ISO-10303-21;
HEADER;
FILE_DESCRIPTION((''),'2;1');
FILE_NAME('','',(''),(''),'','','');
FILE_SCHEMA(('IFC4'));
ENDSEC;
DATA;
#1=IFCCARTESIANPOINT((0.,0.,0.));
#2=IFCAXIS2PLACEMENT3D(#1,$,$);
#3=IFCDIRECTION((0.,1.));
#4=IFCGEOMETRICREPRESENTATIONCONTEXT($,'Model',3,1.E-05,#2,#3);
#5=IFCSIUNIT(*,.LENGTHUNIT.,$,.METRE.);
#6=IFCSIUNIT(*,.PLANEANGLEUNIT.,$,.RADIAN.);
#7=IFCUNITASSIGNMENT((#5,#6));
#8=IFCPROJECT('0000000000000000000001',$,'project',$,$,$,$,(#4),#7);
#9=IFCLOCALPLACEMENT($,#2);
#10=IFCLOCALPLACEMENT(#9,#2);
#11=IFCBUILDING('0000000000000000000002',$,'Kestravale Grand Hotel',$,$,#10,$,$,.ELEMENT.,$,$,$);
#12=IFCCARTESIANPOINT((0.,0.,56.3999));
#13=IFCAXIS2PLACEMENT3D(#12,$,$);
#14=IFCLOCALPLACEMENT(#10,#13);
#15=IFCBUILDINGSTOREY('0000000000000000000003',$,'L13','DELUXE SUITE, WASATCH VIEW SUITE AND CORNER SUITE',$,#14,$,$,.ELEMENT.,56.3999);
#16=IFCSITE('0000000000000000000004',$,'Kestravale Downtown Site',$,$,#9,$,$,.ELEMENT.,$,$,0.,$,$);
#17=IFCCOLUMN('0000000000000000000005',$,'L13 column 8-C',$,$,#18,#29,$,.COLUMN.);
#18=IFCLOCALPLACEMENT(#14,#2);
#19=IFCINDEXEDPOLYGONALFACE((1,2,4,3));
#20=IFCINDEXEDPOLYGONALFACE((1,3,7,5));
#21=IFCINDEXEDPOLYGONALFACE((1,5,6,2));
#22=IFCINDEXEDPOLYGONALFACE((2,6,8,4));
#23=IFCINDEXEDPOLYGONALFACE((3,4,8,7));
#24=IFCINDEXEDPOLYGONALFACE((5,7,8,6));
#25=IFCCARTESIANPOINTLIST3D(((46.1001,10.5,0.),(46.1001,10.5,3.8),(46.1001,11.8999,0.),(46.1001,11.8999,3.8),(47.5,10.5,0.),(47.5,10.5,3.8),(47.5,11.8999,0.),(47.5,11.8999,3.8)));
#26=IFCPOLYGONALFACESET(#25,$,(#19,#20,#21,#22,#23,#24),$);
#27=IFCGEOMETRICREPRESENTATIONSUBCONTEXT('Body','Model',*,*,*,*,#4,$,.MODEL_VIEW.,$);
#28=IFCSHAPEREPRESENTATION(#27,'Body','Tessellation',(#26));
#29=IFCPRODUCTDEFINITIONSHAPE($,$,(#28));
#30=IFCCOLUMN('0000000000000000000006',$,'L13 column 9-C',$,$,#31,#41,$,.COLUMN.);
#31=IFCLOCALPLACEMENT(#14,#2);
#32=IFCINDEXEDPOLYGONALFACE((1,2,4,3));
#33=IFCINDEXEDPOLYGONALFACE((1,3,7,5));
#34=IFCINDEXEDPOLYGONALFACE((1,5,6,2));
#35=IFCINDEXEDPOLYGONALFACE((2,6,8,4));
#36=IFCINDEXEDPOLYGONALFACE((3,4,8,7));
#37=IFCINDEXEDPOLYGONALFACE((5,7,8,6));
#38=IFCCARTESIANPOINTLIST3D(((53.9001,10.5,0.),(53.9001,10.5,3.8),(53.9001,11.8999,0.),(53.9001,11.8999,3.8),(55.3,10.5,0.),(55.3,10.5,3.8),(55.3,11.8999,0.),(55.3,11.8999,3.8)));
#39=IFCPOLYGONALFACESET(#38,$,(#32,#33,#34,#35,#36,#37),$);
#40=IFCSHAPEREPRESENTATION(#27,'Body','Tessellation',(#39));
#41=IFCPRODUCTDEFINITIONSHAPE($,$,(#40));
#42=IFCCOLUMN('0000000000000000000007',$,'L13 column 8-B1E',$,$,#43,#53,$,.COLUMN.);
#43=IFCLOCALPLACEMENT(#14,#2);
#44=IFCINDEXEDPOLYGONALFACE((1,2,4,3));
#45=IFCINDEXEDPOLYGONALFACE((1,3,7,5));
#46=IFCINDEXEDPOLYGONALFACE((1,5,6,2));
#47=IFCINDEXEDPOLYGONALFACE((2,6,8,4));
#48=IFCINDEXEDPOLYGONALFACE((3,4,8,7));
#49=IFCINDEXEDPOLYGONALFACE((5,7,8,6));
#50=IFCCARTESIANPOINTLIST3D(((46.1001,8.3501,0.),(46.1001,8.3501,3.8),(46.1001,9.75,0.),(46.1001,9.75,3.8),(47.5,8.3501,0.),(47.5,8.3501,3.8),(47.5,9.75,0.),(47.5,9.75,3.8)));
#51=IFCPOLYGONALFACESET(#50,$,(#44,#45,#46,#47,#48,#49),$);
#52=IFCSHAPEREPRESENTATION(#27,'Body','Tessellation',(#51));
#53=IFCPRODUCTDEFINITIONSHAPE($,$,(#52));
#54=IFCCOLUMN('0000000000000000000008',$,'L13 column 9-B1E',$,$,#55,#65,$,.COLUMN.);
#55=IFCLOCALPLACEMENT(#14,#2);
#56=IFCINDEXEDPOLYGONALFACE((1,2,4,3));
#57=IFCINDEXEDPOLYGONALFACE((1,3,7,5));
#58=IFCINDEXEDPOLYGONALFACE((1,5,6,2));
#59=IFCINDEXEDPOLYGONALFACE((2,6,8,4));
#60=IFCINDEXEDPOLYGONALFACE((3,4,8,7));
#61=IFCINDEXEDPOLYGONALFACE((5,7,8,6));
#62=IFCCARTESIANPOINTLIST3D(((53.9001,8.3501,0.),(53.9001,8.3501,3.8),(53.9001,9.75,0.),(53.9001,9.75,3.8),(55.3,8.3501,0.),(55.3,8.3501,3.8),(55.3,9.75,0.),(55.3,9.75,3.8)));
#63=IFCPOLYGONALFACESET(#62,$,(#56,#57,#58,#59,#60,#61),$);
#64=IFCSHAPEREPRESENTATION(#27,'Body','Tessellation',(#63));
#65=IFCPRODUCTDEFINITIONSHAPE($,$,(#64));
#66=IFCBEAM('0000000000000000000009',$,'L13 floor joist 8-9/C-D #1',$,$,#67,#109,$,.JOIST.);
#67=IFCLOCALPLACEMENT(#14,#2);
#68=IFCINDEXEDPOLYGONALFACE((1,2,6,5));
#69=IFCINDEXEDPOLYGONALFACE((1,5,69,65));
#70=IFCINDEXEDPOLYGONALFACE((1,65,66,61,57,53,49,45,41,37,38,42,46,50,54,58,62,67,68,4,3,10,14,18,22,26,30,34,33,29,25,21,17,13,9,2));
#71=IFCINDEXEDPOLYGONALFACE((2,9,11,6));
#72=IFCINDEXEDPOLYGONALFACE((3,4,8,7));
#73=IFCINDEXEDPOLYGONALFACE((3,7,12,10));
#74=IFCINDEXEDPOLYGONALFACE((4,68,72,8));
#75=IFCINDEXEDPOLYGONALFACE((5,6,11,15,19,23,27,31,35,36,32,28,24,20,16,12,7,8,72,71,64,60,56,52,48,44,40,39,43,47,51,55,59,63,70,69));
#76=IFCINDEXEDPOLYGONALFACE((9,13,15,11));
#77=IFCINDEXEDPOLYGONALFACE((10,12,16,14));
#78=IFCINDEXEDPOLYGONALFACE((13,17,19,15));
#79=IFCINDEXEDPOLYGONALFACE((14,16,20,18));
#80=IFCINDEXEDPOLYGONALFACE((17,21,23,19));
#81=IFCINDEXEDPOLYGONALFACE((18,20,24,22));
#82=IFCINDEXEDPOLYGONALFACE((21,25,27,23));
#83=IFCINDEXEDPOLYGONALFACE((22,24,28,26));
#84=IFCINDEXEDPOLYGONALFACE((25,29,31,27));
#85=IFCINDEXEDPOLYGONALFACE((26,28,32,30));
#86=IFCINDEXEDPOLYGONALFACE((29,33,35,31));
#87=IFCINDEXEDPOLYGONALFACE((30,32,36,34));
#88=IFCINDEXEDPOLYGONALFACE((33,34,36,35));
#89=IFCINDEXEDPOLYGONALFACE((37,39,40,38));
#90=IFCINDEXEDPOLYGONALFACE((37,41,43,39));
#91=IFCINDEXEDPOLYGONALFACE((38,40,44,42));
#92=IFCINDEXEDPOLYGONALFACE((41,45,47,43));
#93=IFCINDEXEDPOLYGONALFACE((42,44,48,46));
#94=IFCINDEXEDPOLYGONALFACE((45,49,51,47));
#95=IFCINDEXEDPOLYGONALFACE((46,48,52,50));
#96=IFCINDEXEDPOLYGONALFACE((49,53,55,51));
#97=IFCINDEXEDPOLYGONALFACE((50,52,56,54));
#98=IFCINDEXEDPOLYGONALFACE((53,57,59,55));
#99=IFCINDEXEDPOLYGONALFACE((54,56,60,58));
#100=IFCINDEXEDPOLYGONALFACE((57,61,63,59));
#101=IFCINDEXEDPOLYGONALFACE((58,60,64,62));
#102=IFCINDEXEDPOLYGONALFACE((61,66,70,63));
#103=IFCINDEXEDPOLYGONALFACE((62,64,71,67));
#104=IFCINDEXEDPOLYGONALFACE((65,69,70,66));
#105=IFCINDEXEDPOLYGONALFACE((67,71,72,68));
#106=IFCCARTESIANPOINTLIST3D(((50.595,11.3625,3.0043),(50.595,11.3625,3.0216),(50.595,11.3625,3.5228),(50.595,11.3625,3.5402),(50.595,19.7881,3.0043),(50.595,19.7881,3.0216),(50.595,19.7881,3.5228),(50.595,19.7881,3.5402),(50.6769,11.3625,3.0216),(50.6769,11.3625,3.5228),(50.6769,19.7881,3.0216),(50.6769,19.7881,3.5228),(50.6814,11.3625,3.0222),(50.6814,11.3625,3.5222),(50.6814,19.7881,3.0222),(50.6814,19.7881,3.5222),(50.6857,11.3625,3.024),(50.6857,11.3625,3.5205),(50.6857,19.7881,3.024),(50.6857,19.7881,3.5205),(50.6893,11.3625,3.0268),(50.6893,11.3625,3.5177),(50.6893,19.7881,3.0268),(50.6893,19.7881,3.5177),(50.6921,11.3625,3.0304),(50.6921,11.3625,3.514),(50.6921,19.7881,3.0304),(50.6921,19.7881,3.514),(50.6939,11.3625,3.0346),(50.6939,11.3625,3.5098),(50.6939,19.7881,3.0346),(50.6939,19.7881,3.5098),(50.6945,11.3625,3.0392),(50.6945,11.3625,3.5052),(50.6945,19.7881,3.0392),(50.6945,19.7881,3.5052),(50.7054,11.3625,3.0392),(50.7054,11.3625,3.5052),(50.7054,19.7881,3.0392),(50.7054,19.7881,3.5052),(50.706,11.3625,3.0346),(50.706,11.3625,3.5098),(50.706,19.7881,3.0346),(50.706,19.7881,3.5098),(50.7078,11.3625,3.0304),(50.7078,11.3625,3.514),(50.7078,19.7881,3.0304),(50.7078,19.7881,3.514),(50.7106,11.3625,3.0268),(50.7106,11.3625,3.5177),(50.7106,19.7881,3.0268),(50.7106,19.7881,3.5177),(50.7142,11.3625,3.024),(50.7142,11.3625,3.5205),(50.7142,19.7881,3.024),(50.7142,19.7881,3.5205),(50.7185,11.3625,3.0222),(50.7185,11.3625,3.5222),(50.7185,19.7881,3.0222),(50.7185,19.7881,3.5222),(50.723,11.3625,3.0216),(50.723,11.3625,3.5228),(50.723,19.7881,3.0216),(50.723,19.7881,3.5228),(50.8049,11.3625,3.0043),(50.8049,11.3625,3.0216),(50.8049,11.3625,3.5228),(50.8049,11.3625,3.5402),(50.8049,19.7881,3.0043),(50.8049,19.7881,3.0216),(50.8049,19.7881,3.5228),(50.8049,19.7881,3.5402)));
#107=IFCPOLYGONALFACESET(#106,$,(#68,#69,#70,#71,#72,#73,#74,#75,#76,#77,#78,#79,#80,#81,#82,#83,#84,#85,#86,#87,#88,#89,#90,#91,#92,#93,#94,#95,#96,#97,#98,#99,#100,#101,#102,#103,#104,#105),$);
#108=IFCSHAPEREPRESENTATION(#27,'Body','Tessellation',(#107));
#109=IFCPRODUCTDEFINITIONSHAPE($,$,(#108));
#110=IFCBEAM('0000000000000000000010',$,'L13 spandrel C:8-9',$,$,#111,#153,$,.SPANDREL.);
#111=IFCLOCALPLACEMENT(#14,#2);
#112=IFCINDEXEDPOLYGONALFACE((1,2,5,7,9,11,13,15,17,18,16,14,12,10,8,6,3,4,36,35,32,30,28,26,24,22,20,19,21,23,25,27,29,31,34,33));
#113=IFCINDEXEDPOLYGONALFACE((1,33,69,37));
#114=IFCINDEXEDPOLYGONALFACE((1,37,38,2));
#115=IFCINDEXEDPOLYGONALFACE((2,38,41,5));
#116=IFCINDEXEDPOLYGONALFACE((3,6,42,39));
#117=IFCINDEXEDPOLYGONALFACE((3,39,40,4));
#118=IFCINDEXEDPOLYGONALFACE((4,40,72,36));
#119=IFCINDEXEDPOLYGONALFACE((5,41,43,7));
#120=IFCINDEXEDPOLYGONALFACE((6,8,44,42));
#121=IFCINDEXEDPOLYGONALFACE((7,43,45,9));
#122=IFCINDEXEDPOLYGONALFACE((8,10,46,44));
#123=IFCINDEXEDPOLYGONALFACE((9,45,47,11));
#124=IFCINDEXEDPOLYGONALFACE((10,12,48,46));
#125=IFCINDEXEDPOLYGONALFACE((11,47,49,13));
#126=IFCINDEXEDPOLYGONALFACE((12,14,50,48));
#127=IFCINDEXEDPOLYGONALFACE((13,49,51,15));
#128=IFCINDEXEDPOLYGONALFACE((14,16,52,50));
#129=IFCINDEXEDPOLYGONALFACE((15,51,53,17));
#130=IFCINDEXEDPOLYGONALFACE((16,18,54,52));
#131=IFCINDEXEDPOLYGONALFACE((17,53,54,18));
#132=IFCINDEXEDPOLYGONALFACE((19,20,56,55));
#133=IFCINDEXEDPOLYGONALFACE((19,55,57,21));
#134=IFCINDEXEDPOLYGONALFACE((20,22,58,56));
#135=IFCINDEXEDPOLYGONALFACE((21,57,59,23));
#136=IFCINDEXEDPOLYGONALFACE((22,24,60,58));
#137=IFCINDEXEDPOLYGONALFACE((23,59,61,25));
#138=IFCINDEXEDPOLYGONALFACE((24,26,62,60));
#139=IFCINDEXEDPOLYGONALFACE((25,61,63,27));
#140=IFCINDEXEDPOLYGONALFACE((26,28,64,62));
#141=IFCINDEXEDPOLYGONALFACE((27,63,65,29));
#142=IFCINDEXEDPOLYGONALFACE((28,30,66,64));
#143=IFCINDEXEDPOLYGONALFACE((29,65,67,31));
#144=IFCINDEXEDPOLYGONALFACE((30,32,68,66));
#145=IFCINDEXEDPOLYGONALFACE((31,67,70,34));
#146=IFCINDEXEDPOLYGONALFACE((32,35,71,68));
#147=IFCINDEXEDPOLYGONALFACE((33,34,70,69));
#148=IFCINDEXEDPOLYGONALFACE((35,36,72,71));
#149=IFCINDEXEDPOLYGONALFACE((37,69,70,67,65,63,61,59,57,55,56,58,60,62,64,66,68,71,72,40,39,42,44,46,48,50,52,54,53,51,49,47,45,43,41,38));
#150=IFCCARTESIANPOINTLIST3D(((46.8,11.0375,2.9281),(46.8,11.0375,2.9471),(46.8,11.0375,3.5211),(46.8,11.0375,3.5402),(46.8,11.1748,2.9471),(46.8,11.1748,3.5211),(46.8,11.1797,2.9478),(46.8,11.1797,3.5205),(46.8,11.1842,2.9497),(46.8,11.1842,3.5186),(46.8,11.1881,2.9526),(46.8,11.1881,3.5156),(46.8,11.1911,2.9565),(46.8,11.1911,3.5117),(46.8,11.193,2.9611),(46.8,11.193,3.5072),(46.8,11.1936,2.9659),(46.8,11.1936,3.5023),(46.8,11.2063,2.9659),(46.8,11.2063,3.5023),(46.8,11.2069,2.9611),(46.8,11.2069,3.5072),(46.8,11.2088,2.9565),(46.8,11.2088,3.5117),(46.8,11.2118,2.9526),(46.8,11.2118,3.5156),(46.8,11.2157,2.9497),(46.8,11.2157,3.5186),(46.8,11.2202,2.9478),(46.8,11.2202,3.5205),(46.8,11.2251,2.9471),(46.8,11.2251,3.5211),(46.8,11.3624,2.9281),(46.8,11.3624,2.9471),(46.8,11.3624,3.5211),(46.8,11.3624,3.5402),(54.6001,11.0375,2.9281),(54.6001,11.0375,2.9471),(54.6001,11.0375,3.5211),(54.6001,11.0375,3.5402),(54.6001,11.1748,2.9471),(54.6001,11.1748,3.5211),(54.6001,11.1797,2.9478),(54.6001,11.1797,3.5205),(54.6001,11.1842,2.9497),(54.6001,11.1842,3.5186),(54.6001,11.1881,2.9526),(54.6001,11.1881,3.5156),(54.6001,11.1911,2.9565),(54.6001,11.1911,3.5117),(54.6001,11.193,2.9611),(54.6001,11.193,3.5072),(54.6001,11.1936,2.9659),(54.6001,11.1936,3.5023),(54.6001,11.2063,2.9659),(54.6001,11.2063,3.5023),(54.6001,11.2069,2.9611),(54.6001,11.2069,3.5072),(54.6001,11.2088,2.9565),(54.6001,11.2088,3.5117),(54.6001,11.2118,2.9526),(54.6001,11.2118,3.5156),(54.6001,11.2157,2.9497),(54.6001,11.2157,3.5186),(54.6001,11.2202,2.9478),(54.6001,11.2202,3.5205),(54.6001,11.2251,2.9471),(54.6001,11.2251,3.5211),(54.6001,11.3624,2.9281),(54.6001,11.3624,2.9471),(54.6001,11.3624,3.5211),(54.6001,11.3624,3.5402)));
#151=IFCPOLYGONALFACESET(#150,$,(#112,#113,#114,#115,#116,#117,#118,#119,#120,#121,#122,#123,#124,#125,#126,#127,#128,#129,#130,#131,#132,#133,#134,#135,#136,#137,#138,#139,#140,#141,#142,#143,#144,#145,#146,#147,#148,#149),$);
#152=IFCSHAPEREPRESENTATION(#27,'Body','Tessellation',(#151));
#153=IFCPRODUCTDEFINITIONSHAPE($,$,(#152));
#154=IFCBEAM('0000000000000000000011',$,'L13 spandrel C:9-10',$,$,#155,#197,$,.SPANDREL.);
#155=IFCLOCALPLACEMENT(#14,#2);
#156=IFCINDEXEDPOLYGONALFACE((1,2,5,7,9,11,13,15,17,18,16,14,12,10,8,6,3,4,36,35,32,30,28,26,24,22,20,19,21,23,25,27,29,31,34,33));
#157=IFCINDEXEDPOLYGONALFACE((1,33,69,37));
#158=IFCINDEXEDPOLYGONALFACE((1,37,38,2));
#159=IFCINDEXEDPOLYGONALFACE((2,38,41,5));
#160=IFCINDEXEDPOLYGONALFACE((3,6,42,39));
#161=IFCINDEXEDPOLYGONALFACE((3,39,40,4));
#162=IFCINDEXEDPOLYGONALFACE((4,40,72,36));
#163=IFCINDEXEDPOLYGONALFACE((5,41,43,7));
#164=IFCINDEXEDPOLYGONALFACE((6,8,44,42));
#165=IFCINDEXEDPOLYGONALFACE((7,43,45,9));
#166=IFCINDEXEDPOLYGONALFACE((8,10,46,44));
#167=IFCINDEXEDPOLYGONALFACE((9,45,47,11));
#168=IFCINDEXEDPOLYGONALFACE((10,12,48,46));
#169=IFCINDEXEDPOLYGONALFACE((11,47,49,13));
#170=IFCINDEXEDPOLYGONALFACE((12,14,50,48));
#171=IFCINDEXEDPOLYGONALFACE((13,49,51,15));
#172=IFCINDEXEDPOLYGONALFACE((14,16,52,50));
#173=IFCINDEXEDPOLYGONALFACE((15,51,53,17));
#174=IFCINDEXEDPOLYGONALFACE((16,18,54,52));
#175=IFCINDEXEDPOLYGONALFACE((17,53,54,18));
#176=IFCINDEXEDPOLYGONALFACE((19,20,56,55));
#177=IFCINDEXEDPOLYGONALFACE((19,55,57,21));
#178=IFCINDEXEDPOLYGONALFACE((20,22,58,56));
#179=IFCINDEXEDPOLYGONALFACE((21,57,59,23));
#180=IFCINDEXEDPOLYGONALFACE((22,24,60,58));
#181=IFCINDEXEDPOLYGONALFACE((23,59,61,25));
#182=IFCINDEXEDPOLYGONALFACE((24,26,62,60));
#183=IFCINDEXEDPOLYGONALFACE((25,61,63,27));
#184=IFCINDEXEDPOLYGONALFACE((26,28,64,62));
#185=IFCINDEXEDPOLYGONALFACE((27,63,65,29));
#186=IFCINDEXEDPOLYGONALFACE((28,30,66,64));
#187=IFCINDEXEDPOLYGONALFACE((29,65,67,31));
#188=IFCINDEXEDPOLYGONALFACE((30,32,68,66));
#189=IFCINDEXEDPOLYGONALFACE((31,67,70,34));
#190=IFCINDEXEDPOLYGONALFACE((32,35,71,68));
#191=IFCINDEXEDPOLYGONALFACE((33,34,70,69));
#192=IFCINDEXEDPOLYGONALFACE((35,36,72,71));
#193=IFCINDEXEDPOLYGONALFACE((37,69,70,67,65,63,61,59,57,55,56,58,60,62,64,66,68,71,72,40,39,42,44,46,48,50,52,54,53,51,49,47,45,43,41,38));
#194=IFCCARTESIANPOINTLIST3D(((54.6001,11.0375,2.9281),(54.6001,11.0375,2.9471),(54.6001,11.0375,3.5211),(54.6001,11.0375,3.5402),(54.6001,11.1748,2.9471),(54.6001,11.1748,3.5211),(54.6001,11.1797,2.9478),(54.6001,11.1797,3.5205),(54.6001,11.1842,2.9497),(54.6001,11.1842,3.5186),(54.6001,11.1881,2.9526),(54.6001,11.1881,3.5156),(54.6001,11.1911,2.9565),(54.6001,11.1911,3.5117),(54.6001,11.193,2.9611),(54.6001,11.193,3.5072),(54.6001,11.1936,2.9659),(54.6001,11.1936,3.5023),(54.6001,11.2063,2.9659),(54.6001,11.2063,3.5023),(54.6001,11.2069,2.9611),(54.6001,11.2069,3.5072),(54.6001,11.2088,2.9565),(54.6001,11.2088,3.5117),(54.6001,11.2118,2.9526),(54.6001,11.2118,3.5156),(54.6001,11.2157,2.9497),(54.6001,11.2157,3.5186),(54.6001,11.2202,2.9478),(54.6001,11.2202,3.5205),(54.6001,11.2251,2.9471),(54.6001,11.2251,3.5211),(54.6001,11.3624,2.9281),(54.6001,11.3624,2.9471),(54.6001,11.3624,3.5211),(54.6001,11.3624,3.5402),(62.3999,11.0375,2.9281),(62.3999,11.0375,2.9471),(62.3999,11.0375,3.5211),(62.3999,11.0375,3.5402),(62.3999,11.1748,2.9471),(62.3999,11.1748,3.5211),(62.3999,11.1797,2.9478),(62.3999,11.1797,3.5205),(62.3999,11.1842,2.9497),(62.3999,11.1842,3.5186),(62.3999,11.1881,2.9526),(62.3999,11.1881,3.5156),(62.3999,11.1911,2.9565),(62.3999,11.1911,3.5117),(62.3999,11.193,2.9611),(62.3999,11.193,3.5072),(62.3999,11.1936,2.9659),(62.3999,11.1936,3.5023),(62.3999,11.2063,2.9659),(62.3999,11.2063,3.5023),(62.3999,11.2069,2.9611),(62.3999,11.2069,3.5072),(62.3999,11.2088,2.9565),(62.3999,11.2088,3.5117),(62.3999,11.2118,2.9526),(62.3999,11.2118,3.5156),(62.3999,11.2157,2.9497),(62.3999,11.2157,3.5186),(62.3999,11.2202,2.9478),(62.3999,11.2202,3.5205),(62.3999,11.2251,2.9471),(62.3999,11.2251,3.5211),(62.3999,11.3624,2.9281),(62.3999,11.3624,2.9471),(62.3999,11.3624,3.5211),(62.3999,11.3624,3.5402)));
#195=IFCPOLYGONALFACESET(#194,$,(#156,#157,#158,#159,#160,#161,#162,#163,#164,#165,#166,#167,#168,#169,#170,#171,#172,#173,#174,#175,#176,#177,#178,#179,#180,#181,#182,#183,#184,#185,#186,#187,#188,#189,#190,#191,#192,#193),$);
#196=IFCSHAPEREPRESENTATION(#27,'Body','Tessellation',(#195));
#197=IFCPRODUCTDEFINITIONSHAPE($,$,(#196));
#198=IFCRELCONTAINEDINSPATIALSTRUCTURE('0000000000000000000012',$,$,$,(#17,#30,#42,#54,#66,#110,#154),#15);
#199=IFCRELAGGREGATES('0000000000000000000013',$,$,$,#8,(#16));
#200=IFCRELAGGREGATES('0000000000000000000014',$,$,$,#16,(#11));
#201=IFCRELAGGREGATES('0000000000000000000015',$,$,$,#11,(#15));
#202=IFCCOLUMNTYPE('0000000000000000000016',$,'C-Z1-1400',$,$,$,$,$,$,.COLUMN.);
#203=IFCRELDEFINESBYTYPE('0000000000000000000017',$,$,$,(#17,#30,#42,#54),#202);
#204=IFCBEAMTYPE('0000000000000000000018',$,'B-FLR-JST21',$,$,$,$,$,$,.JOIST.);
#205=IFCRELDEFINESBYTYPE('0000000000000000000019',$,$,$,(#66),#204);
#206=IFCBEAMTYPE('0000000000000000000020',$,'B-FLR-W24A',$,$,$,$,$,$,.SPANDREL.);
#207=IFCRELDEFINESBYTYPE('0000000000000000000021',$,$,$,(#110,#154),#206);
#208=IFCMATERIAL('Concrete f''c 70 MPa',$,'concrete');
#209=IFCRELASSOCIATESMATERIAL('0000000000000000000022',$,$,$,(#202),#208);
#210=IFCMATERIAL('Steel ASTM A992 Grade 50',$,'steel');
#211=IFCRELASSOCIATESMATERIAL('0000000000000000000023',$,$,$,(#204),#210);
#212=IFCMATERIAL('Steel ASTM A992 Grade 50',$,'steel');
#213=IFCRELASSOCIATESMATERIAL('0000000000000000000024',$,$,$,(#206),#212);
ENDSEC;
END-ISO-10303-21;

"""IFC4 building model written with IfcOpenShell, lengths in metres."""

from ifc_helpers import new_model, si_unit, direction, frame, origin, origin_2d, place, context, subcontext, project, spatial, rectangle, i_section, extrude, material, material_profile, profile_set, type_object, element, save


model = new_model("IFC4")

# Units and contexts
model_context = context("Model", 3, precision=1e-05, world=origin(), true_north=direction((0.0, 1.0)))
body_context = subcontext(model_context, "Body", "Model", "MODEL_VIEW")
ifc_project = project(units=[si_unit("LENGTHUNIT", "METRE"), si_unit("PLANEANGLEUNIT", "RADIAN")], contexts=[model_context])

# Site, building, storey
site_placement = place(None, origin())
site = spatial("IfcSite", under=ifc_project, at=site_placement, Name="Kestravale Downtown Site", CompositionType="ELEMENT", RefElevation=0.0)
building_placement = place(site_placement, origin())
building = spatial("IfcBuilding", under=site, at=building_placement, Name="Kestravale Grand Hotel", CompositionType="ELEMENT")
storey_placement = place(building_placement, frame((0.0, 0.0, 56.3999)))
storey = spatial("IfcBuildingStorey", under=building, at=storey_placement, Name="L13", Description="DELUXE SUITE, WASATCH VIEW SUITE AND CORNER SUITE", CompositionType="ELEMENT", Elevation=56.3999)

# Columns
ifc_material_1 = material(Name="Concrete f'c 70 MPa", Category="concrete")
ifc_material_profile_1 = material_profile(ifc_material_1, rectangle(XDim=1.3999, YDim=1.3999, at=origin_2d()))
ifc_profile_set_1 = profile_set([ifc_material_profile_1], Name="Concrete f'c 70 MPa")
column_type = type_object("IfcColumnType", Name="C-Z1-1400", PredefinedType="COLUMN", material=ifc_profile_set_1)
for number, where, z_axis, x_axis, name in (
    (1, (46.8, 11.2, 0.0), (0.0, 0.0, 1.0), (1.0, 0.0, 0.0), "L13 column 8-C"),
    (2, (54.6001, 11.2, 0.0), (0.0, 0.0, 1.0), (1.0, 0.0, 0.0), "L13 column 9-C"),
    (3, (46.8, 9.05, 0.0), (0.0, 0.0, 1.0), (1.0, 0.0, 0.0), "L13 column 8-B1E"),
    (4, (54.6001, 9.05, 0.0), (0.0, 0.0, 1.0), (1.0, 0.0, 0.0), "L13 column 9-B1E"),
):
    element("IfcColumn", number, at=place(storey_placement, frame(where, z_axis=z_axis, x_axis=x_axis)), inside=storey, type_object=column_type, Name=name, PredefinedType="COLUMN", context=body_context, shape_type="SweptSolid", body=[
        extrude(rectangle(XDim=1.3999, YDim=1.3999, at=origin_2d()), origin(), (0.0, 0.0, 1.0), 3.8),
    ])

# Beams
ifc_material_2 = material(Name="Steel ASTM A992 Grade 50", Category="steel")
ifc_material_profile_2 = material_profile(ifc_material_2, i_section(OverallWidth=0.21, OverallDepth=0.5359, WebThickness=0.011, FlangeThickness=0.0173, FilletRadius=0.0176, at=origin_2d()))
ifc_profile_set_2 = profile_set([ifc_material_profile_2], Name="Steel ASTM A992 Grade 50")
beam_type_1 = type_object("IfcBeamType", Name="B-FLR-JST21", PredefinedType="JOIST", material=ifc_profile_set_2)
beam_1_placement = place(storey_placement, frame((50.7, 11.3625, 3.2722), z_axis=(0.0, 1.0, 0.0), x_axis=(-1.0, 0.0, 0.0)))
element("IfcBeam", 5, at=beam_1_placement, inside=storey, type_object=beam_type_1, Name="L13 floor joist 8-9/C-D #1", PredefinedType="JOIST", context=body_context, shape_type="SweptSolid", body=[
    extrude(i_section(OverallWidth=0.21, OverallDepth=0.5359, WebThickness=0.011, FlangeThickness=0.0173, FilletRadius=0.0176, at=origin_2d()), origin(), (0.0, 0.0, 1.0), 8.4255),
])
ifc_material_3 = material(Name="Steel ASTM A992 Grade 50", Category="steel")
ifc_material_profile_3 = material_profile(ifc_material_3, i_section(OverallWidth=0.325, OverallDepth=0.6121, WebThickness=0.0127, FlangeThickness=0.019, FilletRadius=0.0188, at=origin_2d()))
ifc_profile_set_3 = profile_set([ifc_material_profile_3], Name="Steel ASTM A992 Grade 50")
beam_type_2 = type_object("IfcBeamType", Name="B-FLR-W24A", PredefinedType="SPANDREL", material=ifc_profile_set_3)
beam_2_placement = place(storey_placement, frame((46.8, 11.2, 3.2341), z_axis=(1.0, 0.0, 0.0), x_axis=(0.0, 1.0, 0.0)))
element("IfcBeam", 6, at=beam_2_placement, inside=storey, type_object=beam_type_2, Name="L13 spandrel C:8-9", PredefinedType="SPANDREL", context=body_context, shape_type="SweptSolid", body=[
    extrude(i_section(OverallWidth=0.325, OverallDepth=0.6121, WebThickness=0.0127, FlangeThickness=0.019, FilletRadius=0.0188, at=origin_2d()), origin(), (0.0, 0.0, 1.0), 7.8),
])
beam_3_placement = place(storey_placement, frame((54.6001, 11.2, 3.2341), z_axis=(1.0, 0.0, 0.0), x_axis=(0.0, 1.0, 0.0)))
element("IfcBeam", 7, at=beam_3_placement, inside=storey, type_object=beam_type_2, Name="L13 spandrel C:9-10", PredefinedType="SPANDREL", context=body_context, shape_type="SweptSolid", body=[
    extrude(i_section(OverallWidth=0.325, OverallDepth=0.6121, WebThickness=0.0127, FlangeThickness=0.019, FilletRadius=0.0188, at=origin_2d()), origin(), (0.0, 0.0, 1.0), 7.7998),
])

save(model, "model.ifc")
